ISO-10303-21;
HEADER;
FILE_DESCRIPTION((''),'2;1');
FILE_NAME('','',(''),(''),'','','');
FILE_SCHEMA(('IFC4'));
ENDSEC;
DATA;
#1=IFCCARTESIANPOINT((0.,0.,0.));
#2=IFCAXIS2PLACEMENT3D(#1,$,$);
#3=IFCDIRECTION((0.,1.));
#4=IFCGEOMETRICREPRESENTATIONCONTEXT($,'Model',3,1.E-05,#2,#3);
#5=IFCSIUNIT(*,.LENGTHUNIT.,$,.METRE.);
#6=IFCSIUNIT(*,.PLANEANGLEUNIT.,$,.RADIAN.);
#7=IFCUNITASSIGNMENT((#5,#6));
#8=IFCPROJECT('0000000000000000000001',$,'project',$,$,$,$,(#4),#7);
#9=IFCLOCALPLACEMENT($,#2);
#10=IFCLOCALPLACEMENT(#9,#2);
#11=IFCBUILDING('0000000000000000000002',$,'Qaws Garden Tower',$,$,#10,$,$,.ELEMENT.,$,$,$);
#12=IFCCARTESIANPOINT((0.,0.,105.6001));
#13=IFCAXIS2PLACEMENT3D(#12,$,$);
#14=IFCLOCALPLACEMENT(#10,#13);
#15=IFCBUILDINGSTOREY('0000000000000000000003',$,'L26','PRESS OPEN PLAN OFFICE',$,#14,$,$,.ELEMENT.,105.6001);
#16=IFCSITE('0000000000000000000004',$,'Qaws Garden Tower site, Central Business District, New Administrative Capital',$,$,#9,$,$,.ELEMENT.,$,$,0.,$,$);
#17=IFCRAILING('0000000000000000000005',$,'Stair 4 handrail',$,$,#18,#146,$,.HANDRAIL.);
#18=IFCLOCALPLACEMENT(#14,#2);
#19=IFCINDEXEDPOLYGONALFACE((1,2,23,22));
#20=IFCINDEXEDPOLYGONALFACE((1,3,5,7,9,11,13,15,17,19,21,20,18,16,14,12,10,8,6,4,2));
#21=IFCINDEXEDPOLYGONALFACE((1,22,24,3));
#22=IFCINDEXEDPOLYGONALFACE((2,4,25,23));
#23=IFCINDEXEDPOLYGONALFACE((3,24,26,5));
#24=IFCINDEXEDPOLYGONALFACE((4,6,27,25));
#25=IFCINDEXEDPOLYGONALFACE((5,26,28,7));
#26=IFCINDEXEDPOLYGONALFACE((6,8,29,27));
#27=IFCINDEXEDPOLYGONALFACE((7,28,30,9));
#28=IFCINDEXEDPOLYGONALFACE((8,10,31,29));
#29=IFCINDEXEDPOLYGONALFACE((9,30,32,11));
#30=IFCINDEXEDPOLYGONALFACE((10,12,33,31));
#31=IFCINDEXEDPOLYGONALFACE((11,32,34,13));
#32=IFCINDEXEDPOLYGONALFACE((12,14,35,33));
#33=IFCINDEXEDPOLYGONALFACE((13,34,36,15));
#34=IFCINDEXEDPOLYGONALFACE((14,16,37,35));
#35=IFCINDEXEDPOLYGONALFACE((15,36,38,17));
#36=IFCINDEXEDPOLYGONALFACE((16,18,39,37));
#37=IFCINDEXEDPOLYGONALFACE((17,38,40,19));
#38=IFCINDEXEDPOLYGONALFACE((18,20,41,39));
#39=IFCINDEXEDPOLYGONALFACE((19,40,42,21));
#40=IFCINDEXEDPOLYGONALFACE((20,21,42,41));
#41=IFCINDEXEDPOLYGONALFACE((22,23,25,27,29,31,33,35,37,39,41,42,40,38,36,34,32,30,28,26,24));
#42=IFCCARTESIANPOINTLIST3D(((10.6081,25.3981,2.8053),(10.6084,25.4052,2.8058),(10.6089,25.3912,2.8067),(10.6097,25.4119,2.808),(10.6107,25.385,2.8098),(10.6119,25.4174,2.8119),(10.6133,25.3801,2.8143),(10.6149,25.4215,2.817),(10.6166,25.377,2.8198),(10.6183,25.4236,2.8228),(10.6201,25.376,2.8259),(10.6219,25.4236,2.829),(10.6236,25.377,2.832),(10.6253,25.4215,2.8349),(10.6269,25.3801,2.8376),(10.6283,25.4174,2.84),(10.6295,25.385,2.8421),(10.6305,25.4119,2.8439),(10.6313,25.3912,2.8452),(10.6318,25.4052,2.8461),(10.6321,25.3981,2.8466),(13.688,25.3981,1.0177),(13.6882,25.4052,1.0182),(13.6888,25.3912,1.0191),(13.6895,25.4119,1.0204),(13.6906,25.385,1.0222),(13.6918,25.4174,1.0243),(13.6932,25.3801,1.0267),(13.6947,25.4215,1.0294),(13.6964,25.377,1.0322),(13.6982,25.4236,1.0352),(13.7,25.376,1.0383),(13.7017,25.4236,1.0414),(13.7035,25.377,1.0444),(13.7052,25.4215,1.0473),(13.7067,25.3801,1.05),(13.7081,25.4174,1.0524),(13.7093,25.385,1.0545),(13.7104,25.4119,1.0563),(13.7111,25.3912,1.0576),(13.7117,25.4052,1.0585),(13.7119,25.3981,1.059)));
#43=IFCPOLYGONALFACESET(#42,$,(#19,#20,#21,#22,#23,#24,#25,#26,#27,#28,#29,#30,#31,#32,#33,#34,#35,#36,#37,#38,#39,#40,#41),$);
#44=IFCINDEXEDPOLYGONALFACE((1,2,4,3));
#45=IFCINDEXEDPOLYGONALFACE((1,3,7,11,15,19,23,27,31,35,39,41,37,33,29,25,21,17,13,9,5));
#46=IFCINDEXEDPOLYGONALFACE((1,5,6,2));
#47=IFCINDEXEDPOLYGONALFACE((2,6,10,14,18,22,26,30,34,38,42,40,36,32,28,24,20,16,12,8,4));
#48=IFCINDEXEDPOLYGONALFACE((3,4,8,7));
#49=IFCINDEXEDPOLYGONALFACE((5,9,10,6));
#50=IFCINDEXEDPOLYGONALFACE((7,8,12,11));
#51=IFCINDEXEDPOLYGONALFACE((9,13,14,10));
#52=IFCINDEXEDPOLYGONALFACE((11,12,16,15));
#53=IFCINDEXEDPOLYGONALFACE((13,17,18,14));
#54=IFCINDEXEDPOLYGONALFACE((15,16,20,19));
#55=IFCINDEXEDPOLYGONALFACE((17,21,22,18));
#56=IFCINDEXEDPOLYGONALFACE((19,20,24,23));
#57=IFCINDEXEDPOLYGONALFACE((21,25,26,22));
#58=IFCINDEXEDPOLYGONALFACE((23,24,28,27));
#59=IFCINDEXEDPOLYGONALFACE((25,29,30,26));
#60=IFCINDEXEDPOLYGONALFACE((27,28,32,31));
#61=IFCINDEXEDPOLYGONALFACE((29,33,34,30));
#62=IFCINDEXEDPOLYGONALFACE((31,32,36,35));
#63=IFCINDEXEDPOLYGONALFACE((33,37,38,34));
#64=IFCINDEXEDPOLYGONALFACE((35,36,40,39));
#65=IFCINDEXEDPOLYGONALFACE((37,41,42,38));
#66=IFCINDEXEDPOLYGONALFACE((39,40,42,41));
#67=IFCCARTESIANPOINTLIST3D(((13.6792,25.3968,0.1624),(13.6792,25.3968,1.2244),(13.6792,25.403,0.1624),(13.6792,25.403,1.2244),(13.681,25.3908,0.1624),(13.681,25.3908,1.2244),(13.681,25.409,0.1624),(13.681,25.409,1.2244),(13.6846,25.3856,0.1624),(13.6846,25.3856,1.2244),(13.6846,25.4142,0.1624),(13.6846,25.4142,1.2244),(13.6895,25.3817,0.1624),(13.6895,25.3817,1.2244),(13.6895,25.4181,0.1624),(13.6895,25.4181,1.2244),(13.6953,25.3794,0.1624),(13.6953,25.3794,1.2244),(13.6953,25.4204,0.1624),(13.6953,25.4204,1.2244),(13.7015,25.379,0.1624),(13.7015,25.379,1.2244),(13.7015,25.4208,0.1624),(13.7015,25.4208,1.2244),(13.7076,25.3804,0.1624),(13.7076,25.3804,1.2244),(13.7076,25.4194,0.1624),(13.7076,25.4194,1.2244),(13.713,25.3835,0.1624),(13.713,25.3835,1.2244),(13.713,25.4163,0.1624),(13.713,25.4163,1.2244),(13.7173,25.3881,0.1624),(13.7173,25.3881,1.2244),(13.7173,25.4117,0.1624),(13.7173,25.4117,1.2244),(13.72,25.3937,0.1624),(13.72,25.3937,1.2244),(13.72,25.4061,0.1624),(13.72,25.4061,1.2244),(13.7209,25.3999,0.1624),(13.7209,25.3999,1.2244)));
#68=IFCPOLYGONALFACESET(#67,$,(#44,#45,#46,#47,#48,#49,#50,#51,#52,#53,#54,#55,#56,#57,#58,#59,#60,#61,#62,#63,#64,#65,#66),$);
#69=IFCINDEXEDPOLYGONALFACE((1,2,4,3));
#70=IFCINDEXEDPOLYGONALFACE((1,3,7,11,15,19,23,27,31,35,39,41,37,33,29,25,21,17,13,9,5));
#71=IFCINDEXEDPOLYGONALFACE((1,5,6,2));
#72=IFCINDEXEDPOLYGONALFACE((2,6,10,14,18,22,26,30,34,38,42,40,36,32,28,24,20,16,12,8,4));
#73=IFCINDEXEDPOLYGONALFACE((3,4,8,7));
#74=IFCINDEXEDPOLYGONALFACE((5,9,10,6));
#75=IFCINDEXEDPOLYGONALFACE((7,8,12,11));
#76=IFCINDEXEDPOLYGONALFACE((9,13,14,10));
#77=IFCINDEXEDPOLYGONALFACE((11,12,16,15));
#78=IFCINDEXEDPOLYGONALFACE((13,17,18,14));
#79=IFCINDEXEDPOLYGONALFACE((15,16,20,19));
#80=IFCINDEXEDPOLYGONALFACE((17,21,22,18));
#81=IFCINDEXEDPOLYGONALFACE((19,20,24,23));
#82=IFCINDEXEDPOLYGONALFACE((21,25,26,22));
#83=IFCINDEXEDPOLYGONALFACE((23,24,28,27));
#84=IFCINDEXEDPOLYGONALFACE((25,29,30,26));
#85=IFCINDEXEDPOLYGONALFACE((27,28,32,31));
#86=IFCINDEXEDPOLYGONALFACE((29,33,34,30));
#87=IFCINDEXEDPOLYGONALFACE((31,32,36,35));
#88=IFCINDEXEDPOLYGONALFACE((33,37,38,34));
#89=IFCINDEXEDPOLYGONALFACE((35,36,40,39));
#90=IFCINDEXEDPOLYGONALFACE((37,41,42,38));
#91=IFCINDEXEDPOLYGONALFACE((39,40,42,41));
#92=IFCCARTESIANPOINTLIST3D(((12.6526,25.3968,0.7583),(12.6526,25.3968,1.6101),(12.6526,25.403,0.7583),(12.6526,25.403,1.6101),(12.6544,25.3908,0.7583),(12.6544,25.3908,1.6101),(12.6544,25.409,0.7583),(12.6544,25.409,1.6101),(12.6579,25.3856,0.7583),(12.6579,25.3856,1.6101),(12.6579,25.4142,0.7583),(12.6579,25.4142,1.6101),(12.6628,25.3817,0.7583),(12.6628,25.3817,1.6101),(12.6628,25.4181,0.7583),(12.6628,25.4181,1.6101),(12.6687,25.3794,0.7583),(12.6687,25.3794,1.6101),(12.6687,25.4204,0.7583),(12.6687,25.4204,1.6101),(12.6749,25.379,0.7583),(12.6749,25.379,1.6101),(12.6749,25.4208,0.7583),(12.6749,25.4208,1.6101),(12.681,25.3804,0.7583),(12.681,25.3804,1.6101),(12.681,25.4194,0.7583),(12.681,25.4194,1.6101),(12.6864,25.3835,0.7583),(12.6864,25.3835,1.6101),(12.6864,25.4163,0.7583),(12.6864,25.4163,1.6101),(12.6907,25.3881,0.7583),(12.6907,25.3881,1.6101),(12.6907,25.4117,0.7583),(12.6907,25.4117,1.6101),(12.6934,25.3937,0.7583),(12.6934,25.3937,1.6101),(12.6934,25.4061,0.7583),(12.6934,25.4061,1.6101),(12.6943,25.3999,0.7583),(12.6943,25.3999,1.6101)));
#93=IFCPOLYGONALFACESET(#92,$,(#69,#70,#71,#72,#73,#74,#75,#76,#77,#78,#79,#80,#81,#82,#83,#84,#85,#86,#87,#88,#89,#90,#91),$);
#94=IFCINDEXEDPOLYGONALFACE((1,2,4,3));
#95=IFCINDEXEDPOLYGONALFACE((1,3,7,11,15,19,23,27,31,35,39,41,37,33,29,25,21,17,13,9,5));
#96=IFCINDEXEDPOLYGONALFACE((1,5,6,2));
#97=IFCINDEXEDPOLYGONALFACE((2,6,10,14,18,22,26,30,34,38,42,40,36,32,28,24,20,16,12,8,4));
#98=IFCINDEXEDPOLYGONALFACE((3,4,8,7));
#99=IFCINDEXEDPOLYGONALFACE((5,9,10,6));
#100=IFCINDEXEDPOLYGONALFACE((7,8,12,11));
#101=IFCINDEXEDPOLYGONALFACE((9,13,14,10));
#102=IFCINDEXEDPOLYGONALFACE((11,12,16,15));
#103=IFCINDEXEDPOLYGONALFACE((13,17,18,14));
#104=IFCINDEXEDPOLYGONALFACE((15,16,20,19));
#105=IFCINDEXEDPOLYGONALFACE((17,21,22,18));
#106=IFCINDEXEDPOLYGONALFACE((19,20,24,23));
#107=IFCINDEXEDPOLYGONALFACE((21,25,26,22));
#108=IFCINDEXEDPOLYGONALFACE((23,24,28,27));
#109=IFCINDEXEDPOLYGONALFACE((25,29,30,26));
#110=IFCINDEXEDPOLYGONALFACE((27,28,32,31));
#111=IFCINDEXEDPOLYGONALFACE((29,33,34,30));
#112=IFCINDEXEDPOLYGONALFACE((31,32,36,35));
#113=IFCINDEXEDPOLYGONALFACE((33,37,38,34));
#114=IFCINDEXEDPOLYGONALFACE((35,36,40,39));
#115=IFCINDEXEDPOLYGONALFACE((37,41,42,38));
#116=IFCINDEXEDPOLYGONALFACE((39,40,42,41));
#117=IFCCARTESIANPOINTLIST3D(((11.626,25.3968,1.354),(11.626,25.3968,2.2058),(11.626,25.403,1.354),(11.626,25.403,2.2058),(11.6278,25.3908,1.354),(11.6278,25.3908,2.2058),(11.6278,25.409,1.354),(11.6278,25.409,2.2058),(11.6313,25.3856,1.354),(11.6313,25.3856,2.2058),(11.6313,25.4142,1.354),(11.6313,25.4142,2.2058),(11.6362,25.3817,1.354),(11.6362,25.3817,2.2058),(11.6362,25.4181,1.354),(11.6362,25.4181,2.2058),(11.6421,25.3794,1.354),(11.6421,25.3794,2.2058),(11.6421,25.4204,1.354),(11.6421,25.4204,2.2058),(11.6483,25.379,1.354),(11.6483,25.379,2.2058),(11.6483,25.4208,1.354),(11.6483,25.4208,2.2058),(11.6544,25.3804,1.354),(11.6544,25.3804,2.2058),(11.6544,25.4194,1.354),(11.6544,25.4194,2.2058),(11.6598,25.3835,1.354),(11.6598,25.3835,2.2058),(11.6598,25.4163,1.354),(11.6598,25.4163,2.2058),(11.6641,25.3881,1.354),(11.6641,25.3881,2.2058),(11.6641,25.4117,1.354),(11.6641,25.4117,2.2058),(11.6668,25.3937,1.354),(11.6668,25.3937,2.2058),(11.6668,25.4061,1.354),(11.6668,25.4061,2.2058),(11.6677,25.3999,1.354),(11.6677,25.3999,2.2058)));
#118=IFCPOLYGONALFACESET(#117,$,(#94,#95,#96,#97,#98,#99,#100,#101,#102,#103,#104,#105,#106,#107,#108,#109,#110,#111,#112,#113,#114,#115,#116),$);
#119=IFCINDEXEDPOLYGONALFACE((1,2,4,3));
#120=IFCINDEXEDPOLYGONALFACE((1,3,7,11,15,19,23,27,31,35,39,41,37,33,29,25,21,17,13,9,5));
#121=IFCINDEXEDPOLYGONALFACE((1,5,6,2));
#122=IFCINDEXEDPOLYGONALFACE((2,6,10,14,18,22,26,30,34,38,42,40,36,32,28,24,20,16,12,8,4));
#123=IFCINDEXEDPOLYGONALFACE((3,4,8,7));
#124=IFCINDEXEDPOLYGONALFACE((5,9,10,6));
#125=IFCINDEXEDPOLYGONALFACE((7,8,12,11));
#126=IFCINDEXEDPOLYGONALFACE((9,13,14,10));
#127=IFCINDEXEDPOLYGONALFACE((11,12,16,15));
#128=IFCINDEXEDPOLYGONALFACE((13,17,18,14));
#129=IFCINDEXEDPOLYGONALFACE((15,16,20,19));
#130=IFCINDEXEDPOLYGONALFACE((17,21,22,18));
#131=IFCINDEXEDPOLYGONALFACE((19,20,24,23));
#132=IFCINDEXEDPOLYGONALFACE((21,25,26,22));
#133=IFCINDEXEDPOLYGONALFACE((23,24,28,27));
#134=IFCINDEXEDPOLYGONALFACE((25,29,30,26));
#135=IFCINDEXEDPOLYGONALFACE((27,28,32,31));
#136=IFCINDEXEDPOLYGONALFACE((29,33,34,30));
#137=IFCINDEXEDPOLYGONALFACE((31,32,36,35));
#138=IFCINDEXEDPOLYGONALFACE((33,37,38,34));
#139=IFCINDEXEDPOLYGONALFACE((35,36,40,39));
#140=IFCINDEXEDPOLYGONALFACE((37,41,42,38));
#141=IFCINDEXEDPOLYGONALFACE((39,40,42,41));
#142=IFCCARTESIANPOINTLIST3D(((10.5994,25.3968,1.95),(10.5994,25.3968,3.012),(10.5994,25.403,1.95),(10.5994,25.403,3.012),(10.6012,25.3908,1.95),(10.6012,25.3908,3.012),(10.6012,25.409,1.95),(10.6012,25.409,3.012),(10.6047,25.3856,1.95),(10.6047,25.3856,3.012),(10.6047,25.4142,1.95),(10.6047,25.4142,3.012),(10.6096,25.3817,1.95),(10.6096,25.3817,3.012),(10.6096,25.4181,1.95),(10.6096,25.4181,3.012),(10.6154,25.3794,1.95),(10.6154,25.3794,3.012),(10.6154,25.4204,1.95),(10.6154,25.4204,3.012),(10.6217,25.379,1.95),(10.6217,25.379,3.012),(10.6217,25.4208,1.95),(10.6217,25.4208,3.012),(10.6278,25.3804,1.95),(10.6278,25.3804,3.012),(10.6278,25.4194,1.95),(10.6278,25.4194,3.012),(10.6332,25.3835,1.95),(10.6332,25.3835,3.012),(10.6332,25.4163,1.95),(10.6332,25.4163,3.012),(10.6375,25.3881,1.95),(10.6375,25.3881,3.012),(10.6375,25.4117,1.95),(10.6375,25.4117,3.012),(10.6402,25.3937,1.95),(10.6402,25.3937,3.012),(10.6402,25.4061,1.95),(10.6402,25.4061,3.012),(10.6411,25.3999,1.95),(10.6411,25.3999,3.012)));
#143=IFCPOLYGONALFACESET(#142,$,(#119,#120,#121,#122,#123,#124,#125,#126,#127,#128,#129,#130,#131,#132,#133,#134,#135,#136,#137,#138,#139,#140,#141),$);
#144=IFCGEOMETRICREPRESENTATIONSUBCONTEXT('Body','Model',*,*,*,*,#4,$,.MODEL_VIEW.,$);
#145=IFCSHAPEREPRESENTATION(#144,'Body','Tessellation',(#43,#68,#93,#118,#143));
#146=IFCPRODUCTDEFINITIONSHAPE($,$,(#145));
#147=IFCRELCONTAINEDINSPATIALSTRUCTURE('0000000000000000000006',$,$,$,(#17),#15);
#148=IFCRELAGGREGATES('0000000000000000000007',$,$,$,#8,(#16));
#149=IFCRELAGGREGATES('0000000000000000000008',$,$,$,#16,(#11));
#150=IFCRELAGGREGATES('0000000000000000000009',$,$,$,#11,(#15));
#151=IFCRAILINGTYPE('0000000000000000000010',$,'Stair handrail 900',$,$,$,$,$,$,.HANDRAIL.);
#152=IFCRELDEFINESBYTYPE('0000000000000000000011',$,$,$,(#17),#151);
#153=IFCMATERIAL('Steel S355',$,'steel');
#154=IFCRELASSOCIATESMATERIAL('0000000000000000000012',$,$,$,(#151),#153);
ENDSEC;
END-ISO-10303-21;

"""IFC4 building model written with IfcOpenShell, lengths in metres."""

from ifc_helpers import new_model, si_unit, direction, frame, origin, origin_2d, place, context, subcontext, project, spatial, circle, extrude, material, type_object, element, save


model = new_model("IFC4")

# Units and contexts
model_context = context("Model", 3, precision=1e-05, world=origin(), true_north=direction((0.0, 1.0)))
body_context = subcontext(model_context, "Body", "Model", "MODEL_VIEW")
ifc_project = project(units=[si_unit("LENGTHUNIT", "METRE"), si_unit("PLANEANGLEUNIT", "RADIAN")], contexts=[model_context])

# Site, building, storey
site_placement = place(None, origin())
site = spatial("IfcSite", under=ifc_project, at=site_placement, Name="Qaws Garden Tower site, Central Business District, New Administrative Capital", CompositionType="ELEMENT", RefElevation=0.0)
building_placement = place(site_placement, origin())
building = spatial("IfcBuilding", under=site, at=building_placement, Name="Qaws Garden Tower", CompositionType="ELEMENT")
storey_placement = place(building_placement, frame((0.0, 0.0, 105.6001)))
storey = spatial("IfcBuildingStorey", under=building, at=storey_placement, Name="L26", Description="PRESS OPEN PLAN OFFICE", CompositionType="ELEMENT", Elevation=105.6001)

# Railing
ifc_material_1 = material(Name="Steel S355", Category="steel")
railing_type = type_object("IfcRailingType", Name="Stair handrail 900", PredefinedType="HANDRAIL", material=ifc_material_1)
railing_1_placement = place(storey_placement, frame((13.7, 25.3999, 0.1624)))
element("IfcRailing", 1, at=railing_1_placement, inside=storey, type_object=railing_type, Name="Stair 4 handrail", PredefinedType="HANDRAIL", context=body_context, shape_type="SweptSolid", body=[
    extrude(circle(Radius=0.0239, at=origin_2d()), frame((0.0, 0.0, 0.876), z_axis=(-0.864873, 0.0, 0.50199), x_axis=(0.0, -1.0, 0.0)), (0.0, 0.0, 1.0), 3.561),
    extrude(circle(Radius=0.021, at=origin_2d()), origin(), (0.0, 0.0, 1.0), 1.062),
    extrude(circle(Radius=0.021, at=origin_2d()), frame((-1.0266, 0.0, 0.5959)), (0.0, 0.0, 1.0), 0.8518),
    extrude(circle(Radius=0.021, at=origin_2d()), frame((-2.0532, 0.0, 1.1917)), (0.0, 0.0, 1.0), 0.8518),
    extrude(circle(Radius=0.021, at=origin_2d()), frame((-3.0798, 0.0, 1.7876)), (0.0, 0.0, 1.0), 1.062),
])

save(model, "model.ifc")
